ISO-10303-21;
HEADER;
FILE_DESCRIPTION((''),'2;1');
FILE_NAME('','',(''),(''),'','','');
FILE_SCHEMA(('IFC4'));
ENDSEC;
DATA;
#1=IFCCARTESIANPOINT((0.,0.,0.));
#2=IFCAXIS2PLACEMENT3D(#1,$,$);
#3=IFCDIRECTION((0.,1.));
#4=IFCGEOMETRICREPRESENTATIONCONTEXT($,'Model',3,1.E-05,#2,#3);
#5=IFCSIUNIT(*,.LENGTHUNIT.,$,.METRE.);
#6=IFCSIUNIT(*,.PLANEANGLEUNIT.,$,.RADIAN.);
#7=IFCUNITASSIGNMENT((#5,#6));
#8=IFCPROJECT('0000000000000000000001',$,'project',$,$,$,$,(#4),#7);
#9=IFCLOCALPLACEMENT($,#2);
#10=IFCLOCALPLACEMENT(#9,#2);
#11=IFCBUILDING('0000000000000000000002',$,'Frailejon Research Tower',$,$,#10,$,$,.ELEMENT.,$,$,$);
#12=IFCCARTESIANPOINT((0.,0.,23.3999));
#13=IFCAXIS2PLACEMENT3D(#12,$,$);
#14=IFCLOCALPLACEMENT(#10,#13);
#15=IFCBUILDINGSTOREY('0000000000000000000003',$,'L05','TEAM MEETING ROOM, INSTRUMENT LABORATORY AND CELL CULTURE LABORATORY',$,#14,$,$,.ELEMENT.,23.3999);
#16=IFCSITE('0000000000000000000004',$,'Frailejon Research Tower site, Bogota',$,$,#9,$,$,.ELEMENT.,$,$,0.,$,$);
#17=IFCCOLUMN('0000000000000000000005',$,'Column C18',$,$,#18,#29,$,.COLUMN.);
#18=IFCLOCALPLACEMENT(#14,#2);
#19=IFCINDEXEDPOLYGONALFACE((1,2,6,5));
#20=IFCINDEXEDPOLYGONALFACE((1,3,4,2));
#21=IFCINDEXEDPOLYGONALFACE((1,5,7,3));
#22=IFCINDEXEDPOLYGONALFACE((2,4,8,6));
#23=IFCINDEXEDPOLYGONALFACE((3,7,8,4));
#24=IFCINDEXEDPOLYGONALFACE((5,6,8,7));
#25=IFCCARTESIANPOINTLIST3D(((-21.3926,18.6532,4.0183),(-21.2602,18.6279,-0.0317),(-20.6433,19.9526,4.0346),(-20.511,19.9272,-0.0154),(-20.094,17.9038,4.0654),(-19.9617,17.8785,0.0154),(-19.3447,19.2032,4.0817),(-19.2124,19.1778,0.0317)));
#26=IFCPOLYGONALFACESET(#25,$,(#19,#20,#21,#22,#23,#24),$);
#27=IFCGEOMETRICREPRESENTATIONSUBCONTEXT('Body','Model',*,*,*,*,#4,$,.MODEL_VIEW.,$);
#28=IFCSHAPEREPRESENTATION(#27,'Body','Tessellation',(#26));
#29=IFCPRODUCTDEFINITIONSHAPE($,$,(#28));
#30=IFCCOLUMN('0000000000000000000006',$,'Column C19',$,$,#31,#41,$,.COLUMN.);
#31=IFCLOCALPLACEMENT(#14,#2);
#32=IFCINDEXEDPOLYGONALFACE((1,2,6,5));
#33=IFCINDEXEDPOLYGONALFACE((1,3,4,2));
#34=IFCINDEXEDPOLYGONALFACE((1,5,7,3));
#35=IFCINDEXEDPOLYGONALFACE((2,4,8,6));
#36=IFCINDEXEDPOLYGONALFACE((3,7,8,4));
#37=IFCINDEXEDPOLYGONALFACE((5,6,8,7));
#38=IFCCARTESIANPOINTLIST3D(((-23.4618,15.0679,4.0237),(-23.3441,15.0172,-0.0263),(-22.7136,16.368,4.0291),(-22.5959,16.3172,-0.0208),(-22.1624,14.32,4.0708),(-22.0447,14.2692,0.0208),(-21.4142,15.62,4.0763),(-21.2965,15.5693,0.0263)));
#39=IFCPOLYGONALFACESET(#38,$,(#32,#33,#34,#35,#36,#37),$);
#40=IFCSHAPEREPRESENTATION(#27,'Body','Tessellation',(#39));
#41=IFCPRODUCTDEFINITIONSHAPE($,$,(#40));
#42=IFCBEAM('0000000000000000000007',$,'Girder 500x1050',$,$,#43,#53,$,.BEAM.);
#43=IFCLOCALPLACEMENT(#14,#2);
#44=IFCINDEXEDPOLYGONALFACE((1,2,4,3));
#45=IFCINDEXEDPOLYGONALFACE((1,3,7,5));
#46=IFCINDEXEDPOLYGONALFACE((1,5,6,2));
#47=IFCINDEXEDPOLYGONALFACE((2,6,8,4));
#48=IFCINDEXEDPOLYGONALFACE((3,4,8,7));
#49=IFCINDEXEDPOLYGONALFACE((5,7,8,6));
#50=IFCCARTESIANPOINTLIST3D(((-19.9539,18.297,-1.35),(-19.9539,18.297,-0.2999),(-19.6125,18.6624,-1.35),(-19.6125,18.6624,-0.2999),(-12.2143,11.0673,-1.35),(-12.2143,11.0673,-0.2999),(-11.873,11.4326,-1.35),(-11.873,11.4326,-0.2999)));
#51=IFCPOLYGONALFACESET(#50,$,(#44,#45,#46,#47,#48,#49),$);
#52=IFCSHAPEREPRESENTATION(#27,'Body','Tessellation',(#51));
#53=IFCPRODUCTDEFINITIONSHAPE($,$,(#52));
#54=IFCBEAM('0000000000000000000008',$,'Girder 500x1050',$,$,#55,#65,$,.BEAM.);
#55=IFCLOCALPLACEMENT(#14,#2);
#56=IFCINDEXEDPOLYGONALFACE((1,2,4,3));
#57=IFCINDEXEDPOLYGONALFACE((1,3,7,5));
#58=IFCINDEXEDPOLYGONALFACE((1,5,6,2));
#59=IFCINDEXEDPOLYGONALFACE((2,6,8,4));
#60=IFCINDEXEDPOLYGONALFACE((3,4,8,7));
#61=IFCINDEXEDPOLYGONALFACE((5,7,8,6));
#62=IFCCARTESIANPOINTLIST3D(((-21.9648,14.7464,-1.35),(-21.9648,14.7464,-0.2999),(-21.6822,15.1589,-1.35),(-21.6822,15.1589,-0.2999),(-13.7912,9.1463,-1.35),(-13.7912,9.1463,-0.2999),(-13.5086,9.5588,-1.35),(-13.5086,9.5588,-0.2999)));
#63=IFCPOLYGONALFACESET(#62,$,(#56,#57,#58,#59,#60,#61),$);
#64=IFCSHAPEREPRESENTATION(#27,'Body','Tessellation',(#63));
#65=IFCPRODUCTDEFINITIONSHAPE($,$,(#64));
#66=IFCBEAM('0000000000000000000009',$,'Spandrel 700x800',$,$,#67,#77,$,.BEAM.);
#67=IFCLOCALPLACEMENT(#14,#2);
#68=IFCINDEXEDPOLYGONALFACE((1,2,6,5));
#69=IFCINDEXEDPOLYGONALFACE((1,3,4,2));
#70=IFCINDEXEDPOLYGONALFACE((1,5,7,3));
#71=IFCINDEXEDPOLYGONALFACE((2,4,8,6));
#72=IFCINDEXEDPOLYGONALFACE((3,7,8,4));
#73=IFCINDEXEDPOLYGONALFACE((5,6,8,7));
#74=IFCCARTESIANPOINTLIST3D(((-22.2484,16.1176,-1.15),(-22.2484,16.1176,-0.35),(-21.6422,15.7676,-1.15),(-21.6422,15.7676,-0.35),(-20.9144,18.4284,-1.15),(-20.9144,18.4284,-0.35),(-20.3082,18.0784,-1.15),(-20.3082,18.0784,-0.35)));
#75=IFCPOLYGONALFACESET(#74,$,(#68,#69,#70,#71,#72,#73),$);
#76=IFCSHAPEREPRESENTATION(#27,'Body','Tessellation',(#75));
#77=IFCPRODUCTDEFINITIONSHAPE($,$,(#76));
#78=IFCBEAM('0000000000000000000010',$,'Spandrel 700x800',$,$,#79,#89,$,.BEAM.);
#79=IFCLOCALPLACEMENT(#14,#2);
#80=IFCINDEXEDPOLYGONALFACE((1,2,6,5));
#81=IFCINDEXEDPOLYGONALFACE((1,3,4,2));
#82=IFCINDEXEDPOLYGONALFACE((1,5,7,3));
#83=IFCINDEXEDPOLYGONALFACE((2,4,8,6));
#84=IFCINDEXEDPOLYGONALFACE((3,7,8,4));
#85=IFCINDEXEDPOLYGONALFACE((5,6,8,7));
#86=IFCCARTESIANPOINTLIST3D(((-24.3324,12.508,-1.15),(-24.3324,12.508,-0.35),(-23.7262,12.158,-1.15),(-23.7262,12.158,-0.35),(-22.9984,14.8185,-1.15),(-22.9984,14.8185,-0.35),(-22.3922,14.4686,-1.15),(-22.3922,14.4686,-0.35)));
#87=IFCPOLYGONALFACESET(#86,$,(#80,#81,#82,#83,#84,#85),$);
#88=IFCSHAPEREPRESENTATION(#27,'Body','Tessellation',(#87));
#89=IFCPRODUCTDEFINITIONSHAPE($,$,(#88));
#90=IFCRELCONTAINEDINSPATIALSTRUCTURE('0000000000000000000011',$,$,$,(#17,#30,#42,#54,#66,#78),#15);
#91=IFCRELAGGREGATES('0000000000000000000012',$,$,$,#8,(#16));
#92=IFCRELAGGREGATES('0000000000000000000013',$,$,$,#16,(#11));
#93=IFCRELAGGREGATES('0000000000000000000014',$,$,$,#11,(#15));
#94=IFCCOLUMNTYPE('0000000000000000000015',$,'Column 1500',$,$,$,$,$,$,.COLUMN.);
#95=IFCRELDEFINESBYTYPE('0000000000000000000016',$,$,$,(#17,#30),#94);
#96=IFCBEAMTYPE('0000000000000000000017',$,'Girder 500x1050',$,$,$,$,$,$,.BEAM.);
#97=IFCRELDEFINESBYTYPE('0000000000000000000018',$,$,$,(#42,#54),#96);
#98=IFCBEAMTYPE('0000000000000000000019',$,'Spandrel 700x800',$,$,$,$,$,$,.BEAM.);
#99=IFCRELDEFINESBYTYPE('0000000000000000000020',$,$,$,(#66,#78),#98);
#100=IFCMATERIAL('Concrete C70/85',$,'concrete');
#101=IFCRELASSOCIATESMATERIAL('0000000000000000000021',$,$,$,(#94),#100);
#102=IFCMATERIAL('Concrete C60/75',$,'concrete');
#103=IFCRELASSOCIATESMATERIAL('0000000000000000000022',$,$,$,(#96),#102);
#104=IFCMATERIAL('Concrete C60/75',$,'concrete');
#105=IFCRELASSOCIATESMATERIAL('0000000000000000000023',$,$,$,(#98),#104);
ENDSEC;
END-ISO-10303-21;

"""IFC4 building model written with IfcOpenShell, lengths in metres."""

from ifc_helpers import new_model, si_unit, direction, frame, origin, origin_2d, place, context, subcontext, project, spatial, rectangle, extrude, material, material_profile, profile_set, type_object, element, save


model = new_model("IFC4")

# Units and contexts
model_context = context("Model", 3, precision=1e-05, world=origin(), true_north=direction((0.0, 1.0)))
body_context = subcontext(model_context, "Body", "Model", "MODEL_VIEW")
ifc_project = project(units=[si_unit("LENGTHUNIT", "METRE"), si_unit("PLANEANGLEUNIT", "RADIAN")], contexts=[model_context])

# Site, building, storey
site_placement = place(None, origin())
site = spatial("IfcSite", under=ifc_project, at=site_placement, Name="Frailejon Research Tower site, Bogota", CompositionType="ELEMENT", RefElevation=0.0)
building_placement = place(site_placement, origin())
building = spatial("IfcBuilding", under=site, at=building_placement, Name="Frailejon Research Tower", CompositionType="ELEMENT")
storey_placement = place(building_placement, frame((0.0, 0.0, 23.3999)))
storey = spatial("IfcBuildingStorey", under=building, at=storey_placement, Name="L05", Description="TEAM MEETING ROOM, INSTRUMENT LABORATORY AND CELL CULTURE LABORATORY", CompositionType="ELEMENT", Elevation=23.3999)

# Columns
ifc_material_1 = material(Name="Concrete C70/85", Category="concrete")
ifc_material_profile_1 = material_profile(ifc_material_1, rectangle(XDim=1.5, YDim=1.5, at=origin_2d()), Name="Column 1500")
ifc_profile_set_1 = profile_set([ifc_material_profile_1], Name="Concrete C70/85")
column_type = type_object("IfcColumnType", Name="Column 1500", PredefinedType="COLUMN", material=ifc_profile_set_1)
column_1_placement = place(storey_placement, frame((-20.2363, 18.9028, 0.0), z_axis=(-0.032654, 0.006266, 0.999447), x_axis=(-0.49952, -0.866234, -0.01089)))
element("IfcColumn", 1, at=column_1_placement, inside=storey, type_object=column_type, Name="Column C18", PredefinedType="COLUMN", context=body_context, shape_type="SweptSolid", body=[
    extrude(rectangle(XDim=1.5, YDim=1.5, at=origin_2d()), origin(), (0.0, 0.0, 1.0), 4.0522),
])
column_2_placement = place(storey_placement, frame((-22.3203, 15.2932, 0.0), z_axis=(-0.029041, 0.012532, 0.9995), x_axis=(-0.498795, -0.866712, -0.003625)))
element("IfcColumn", 2, at=column_2_placement, inside=storey, type_object=column_type, Name="Column C19", PredefinedType="COLUMN", context=body_context, shape_type="SweptSolid", body=[
    extrude(rectangle(XDim=1.5, YDim=1.5, at=origin_2d()), origin(), (0.0, 0.0, 1.0), 4.052),
])

# Beams
ifc_material_2 = material(Name="Concrete C60/75", Category="concrete")
ifc_material_profile_2 = material_profile(ifc_material_2, rectangle(XDim=0.5, YDim=1.05, at=origin_2d()), Name="Girder 500x1050")
ifc_profile_set_2 = profile_set([ifc_material_profile_2], Name="Concrete C60/75")
beam_type_1 = type_object("IfcBeamType", Name="Girder 500x1050", PredefinedType="BEAM", material=ifc_profile_set_2)
beam_1_placement = place(storey_placement, frame((-19.7832, 18.4797, -0.825), z_axis=(0.730763, -0.682631, 0.0), x_axis=(0.682631, 0.730763, 0.0)))
element("IfcBeam", 3, at=beam_1_placement, inside=storey, type_object=beam_type_1, Name="Girder 500x1050", PredefinedType="BEAM", context=body_context, shape_type="SweptSolid", body=[
    extrude(rectangle(XDim=0.5, YDim=1.05, at=origin_2d()), origin(), (0.0, 0.0, 1.0), 10.5911),
])
beam_2_placement = place(storey_placement, frame((-21.8235, 14.9526, -0.825), z_axis=(0.824947, -0.565209, 0.0), x_axis=(0.565209, 0.824947, 0.0)))
element("IfcBeam", 4, at=beam_2_placement, inside=storey, type_object=beam_type_1, Name="Girder 500x1050", PredefinedType="BEAM", context=body_context, shape_type="SweptSolid", body=[
    extrude(rectangle(XDim=0.5, YDim=1.05, at=origin_2d()), origin(), (0.0, 0.0, 1.0), 9.908),
])
ifc_material_3 = material(Name="Concrete C60/75", Category="concrete")
ifc_material_profile_3 = material_profile(ifc_material_3, rectangle(XDim=0.7, YDim=0.8, at=origin_2d()), Name="Spandrel 700x800")
ifc_profile_set_3 = profile_set([ifc_material_profile_3], Name="Concrete C60/75")
beam_type_2 = type_object("IfcBeamType", Name="Spandrel 700x800", PredefinedType="BEAM", material=ifc_profile_set_3)
beam_3_placement = place(storey_placement, frame((-20.6113, 18.2534, -0.75), z_axis=(-0.499957, -0.86605, 0.0), x_axis=(0.86605, -0.499957, 0.0)))
element("IfcBeam", 5, at=beam_3_placement, inside=storey, type_object=beam_type_2, Name="Spandrel 700x800", PredefinedType="BEAM", context=body_context, shape_type="SweptSolid", body=[
    extrude(rectangle(XDim=0.7, YDim=0.8, at=origin_2d()), origin(), (0.0, 0.0, 1.0), 2.6682),
])
beam_4_placement = place(storey_placement, frame((-22.6953, 14.6436, -0.75), z_axis=(-0.499997, -0.866027, 0.0), x_axis=(0.866027, -0.499997, 0.0)))
element("IfcBeam", 6, at=beam_4_placement, inside=storey, type_object=beam_type_2, Name="Spandrel 700x800", PredefinedType="BEAM", context=body_context, shape_type="SweptSolid", body=[
    extrude(rectangle(XDim=0.7, YDim=0.8, at=origin_2d()), origin(), (0.0, 0.0, 1.0), 2.668),
])

save(model, "model.ifc")
